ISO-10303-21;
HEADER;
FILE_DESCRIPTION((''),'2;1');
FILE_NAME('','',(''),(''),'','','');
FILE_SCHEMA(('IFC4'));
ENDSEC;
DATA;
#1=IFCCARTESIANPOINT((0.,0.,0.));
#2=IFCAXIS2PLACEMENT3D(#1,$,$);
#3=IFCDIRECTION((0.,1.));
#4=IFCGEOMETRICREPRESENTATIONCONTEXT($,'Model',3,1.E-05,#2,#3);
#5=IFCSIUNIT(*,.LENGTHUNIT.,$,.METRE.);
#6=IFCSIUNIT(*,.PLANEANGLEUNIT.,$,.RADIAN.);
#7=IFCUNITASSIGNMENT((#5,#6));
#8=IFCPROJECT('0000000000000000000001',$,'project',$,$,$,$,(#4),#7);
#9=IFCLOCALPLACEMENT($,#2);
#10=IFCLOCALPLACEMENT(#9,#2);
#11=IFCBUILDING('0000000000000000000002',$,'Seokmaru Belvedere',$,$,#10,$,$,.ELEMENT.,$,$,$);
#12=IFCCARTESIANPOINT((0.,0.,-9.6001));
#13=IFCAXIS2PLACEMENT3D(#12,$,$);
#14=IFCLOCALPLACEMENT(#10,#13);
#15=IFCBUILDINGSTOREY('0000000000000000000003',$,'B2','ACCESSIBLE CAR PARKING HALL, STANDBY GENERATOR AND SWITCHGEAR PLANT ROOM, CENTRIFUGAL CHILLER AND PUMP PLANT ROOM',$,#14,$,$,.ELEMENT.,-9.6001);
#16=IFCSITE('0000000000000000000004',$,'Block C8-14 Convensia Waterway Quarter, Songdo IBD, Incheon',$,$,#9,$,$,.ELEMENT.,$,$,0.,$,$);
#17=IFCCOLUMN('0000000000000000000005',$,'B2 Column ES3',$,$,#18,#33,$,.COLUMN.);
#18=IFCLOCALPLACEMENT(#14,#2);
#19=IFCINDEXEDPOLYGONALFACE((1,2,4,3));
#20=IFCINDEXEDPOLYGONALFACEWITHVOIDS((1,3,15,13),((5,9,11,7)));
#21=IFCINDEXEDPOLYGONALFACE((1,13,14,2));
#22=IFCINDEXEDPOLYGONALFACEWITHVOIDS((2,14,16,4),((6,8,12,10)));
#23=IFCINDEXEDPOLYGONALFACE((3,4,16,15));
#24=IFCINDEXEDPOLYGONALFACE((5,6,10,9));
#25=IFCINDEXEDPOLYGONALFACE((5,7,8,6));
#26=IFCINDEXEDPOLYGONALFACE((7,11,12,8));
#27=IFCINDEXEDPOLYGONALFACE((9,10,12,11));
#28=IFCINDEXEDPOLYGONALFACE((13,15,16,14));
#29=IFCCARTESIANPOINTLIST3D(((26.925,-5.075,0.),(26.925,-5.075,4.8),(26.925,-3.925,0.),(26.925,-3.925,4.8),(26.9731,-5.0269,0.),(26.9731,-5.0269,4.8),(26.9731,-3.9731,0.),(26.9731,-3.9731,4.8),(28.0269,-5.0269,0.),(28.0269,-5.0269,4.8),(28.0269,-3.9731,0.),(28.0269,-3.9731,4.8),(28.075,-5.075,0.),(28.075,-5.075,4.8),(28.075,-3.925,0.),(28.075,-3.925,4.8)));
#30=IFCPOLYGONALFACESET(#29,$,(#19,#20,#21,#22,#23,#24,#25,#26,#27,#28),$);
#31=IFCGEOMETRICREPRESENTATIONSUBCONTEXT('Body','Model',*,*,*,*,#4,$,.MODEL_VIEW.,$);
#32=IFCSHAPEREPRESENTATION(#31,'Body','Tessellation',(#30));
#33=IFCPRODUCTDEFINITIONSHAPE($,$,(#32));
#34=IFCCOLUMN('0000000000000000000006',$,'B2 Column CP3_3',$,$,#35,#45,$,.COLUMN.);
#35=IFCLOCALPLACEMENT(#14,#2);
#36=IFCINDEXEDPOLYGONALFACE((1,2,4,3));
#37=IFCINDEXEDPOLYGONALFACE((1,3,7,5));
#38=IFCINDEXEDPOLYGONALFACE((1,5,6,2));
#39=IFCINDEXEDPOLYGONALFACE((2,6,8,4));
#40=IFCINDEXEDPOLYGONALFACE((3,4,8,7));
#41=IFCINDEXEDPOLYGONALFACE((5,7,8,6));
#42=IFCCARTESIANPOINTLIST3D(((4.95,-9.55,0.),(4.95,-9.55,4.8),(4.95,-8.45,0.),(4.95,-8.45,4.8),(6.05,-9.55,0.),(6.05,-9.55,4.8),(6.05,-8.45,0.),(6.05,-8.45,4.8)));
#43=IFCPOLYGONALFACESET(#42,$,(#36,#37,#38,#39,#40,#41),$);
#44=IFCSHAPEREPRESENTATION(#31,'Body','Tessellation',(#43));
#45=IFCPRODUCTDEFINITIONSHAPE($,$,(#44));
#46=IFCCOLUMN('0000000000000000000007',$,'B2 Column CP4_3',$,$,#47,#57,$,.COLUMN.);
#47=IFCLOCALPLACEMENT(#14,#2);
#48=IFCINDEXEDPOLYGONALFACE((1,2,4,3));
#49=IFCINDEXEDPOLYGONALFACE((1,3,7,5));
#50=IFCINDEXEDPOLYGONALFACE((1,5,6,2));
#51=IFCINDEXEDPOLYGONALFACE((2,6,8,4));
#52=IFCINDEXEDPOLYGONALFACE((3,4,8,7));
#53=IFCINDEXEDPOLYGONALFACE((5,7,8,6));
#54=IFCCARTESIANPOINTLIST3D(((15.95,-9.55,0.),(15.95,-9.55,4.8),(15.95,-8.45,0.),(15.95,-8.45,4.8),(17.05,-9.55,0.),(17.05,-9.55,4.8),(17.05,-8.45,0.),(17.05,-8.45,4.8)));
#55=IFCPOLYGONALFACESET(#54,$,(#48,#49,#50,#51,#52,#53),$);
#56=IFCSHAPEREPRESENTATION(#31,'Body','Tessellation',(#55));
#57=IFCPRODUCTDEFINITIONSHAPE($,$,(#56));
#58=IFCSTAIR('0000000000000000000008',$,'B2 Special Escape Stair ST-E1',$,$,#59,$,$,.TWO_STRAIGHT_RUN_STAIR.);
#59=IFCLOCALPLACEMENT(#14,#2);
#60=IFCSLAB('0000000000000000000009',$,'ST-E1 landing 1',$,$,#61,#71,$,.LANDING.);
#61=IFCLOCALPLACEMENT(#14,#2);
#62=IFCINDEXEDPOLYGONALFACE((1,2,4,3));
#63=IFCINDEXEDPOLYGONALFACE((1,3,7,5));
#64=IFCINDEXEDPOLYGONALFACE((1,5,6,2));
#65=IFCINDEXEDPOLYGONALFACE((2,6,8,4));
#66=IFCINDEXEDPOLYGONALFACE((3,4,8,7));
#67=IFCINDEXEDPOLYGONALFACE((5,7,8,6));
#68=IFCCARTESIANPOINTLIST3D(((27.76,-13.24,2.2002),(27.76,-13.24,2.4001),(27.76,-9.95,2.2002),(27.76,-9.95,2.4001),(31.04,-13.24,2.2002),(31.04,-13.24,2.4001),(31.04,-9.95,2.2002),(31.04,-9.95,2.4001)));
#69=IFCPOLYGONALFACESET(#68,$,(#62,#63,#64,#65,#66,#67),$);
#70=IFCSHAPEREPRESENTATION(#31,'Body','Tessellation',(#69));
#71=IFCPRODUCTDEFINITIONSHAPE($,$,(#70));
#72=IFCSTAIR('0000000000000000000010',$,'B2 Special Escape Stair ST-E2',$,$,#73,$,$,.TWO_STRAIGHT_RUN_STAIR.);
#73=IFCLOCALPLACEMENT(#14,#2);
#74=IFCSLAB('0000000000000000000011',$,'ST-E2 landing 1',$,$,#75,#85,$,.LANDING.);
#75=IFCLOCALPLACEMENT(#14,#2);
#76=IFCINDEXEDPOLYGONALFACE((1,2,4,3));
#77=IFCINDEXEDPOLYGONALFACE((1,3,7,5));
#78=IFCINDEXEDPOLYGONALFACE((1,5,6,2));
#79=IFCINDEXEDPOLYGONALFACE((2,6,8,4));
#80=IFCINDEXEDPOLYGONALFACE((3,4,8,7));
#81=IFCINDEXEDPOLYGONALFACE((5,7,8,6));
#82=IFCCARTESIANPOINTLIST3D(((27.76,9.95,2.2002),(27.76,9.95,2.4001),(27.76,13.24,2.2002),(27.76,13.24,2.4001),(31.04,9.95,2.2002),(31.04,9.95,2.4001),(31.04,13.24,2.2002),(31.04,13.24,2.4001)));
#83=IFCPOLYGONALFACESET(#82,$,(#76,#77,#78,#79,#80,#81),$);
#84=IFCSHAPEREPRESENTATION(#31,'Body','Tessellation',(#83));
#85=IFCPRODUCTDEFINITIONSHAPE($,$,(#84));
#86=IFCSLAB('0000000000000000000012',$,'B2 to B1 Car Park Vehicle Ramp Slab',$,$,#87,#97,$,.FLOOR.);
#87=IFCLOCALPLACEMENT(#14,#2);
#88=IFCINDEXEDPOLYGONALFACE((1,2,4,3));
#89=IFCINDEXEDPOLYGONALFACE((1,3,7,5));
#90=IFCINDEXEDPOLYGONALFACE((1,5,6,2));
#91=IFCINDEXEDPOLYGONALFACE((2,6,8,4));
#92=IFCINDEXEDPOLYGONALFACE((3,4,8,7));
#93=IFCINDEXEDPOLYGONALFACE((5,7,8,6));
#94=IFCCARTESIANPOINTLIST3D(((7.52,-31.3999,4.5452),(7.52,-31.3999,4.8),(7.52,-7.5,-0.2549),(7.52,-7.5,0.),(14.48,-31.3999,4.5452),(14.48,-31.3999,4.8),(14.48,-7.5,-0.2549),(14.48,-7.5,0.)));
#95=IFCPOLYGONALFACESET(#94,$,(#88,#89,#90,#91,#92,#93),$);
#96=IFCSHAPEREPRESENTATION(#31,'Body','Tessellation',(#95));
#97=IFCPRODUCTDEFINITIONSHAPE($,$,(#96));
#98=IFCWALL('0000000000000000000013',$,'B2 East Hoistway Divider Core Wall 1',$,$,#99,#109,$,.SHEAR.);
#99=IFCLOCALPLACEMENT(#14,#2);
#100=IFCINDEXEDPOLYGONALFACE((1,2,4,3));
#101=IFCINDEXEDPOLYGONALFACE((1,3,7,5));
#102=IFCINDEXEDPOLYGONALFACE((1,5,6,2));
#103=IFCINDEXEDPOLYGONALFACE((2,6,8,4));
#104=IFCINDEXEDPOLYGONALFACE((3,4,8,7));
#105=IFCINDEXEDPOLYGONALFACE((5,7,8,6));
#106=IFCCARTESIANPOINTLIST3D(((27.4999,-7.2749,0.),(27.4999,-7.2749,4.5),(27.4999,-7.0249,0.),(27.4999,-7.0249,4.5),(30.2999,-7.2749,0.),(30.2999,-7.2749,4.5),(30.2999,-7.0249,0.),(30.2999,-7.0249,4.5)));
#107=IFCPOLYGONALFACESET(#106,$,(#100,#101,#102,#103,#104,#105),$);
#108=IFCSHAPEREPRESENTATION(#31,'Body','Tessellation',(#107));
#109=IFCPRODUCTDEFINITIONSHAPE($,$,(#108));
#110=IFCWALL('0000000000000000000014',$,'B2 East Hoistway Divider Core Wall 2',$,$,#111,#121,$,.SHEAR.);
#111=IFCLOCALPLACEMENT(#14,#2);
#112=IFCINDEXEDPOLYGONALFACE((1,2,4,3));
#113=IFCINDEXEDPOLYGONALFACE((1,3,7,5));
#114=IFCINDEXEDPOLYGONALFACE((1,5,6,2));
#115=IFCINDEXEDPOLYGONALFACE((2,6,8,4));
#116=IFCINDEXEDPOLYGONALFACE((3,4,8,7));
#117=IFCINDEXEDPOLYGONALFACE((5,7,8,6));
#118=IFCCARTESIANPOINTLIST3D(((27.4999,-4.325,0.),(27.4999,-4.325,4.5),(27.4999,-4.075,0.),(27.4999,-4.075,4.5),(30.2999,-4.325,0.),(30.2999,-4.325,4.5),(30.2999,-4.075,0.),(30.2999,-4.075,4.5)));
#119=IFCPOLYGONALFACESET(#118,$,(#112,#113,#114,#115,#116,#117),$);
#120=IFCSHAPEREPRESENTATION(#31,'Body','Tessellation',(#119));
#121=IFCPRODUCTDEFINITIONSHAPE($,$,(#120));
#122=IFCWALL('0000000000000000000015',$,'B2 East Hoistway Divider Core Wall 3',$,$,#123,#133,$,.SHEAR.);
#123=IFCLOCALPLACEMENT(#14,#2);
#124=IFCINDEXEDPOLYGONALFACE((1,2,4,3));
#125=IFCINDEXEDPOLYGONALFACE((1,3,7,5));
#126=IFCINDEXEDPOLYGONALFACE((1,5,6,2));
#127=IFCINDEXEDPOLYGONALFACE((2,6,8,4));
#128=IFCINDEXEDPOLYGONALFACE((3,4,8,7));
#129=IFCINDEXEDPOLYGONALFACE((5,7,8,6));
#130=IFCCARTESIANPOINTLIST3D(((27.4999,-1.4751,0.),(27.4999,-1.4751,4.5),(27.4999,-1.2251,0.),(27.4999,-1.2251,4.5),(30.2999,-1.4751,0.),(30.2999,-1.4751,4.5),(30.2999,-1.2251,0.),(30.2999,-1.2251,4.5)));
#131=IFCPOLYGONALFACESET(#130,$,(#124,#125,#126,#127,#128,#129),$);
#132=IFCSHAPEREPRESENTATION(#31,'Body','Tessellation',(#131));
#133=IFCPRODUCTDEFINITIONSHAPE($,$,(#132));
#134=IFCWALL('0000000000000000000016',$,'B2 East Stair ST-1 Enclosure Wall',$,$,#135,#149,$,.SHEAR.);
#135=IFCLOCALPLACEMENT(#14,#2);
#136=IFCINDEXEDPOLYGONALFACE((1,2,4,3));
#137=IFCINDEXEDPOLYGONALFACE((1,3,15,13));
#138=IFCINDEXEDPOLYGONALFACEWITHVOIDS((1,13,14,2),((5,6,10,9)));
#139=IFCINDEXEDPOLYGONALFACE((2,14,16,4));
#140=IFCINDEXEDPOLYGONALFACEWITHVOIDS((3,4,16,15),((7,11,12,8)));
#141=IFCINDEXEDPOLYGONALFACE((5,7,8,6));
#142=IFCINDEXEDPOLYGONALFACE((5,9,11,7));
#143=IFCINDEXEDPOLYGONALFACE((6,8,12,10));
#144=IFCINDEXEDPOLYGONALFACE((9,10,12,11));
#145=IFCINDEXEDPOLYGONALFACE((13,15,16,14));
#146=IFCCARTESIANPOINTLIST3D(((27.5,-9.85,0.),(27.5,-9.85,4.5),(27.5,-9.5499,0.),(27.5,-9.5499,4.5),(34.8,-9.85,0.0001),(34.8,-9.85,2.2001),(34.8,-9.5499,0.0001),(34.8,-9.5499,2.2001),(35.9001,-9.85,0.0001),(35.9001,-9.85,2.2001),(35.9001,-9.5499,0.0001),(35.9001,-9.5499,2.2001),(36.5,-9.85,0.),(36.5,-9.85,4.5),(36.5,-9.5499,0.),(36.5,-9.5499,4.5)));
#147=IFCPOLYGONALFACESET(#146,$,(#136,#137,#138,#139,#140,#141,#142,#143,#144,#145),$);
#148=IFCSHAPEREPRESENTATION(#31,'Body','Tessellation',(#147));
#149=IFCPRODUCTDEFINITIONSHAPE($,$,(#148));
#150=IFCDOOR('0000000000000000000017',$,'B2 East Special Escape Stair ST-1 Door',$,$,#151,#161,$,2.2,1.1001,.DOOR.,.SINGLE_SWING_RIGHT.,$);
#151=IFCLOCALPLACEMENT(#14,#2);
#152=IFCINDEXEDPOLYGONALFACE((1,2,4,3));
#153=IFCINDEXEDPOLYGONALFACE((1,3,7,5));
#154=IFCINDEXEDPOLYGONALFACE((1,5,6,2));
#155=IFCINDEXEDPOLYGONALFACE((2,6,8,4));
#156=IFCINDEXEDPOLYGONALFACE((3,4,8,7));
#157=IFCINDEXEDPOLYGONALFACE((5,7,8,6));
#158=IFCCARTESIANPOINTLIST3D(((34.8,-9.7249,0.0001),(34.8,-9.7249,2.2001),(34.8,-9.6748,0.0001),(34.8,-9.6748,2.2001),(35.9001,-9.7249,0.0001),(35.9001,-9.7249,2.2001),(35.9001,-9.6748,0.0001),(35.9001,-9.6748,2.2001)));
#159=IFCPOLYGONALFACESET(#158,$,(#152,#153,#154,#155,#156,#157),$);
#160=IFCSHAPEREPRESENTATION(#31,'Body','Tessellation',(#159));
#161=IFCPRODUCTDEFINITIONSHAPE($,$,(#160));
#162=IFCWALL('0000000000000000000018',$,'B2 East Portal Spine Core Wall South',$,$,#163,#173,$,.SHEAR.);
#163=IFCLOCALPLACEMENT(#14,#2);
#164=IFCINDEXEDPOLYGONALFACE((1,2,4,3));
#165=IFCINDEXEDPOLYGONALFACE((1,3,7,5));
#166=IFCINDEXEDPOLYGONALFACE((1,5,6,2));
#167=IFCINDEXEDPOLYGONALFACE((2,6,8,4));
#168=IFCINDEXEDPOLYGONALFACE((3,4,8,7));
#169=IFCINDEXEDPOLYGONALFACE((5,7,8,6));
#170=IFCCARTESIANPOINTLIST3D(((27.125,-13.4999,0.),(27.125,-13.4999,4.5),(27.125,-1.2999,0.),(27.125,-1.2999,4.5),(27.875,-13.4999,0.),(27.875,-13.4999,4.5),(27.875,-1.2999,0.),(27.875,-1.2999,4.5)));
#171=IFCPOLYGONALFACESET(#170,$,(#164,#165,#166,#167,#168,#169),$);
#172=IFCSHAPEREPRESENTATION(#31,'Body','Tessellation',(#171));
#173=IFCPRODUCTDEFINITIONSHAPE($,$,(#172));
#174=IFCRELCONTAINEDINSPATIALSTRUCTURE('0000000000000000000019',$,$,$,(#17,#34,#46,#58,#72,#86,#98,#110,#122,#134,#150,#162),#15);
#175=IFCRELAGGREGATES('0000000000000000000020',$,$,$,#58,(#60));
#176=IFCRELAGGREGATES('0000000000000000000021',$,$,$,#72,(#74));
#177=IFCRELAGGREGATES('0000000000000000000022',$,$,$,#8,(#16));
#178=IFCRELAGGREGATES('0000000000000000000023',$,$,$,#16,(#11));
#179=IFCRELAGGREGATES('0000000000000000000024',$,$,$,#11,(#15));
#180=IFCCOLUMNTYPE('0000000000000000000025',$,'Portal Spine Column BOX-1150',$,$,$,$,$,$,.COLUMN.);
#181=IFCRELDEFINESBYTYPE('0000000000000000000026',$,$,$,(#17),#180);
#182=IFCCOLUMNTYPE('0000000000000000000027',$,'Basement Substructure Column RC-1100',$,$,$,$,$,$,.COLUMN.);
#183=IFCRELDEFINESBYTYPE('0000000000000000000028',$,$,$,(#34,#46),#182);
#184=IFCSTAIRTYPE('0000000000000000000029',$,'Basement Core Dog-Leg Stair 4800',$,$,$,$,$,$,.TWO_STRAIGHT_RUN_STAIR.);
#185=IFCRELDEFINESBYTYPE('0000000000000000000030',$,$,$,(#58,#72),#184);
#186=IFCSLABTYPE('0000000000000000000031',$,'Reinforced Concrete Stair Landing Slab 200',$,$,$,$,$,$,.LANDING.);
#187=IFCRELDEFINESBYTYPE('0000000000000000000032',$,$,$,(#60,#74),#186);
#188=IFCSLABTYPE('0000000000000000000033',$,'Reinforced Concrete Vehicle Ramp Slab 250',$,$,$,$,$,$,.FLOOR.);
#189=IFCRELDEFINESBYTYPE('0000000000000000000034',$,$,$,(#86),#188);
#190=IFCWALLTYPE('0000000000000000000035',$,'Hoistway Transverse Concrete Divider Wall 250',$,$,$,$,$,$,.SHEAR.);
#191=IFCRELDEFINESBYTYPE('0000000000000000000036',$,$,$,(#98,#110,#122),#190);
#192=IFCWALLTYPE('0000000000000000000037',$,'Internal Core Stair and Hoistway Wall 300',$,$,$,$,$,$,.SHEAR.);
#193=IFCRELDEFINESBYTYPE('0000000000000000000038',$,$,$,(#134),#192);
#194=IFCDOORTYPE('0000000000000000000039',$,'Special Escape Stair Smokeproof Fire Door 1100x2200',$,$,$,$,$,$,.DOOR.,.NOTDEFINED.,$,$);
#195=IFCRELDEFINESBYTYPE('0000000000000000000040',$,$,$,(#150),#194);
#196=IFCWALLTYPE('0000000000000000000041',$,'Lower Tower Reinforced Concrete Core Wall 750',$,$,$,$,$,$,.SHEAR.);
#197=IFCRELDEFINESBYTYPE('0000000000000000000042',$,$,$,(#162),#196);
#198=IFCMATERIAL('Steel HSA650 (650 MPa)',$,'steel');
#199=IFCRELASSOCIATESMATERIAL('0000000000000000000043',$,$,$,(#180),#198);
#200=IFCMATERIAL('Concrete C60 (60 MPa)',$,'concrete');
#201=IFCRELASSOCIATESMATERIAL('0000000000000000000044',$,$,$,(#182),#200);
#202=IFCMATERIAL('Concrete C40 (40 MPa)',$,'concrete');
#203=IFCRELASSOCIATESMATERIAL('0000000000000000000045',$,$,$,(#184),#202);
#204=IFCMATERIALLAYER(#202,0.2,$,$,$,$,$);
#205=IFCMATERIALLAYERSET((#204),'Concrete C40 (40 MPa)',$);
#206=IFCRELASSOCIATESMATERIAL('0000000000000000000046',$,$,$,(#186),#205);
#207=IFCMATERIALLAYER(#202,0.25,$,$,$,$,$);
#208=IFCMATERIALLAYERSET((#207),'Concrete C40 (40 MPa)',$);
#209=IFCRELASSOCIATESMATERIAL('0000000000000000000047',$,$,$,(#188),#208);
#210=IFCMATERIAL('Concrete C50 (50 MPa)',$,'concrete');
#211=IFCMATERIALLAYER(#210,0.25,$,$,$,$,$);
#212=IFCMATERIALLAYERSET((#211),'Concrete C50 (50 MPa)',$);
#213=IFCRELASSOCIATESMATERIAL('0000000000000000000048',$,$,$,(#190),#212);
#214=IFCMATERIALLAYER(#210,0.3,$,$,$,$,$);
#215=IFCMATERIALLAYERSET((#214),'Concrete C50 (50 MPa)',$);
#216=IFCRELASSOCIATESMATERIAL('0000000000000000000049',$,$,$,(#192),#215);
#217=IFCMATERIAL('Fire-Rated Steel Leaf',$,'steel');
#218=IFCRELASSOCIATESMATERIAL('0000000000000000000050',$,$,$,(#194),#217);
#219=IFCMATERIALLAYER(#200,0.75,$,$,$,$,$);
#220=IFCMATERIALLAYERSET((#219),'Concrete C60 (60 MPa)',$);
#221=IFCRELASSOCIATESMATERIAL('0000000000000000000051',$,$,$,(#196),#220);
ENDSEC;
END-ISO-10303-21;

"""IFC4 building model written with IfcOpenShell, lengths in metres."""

from ifc_helpers import new_model, si_unit, direction, frame, frame_2d, origin, origin_2d, place, context, subcontext, project, spatial, polyline, rectangle, hollow_rectangle, outline, extrude, source, transform, mapped, material, layer, layer_set, material_profile, profile_set, type_object, type_shapes, element, fill, aggregate, save


model = new_model("IFC4")

# Units and contexts
model_context = context("Model", 3, precision=1e-05, world=origin(), true_north=direction((0.0, 1.0)))
body_context = subcontext(model_context, "Body", "Model", "MODEL_VIEW")
ifc_project = project(units=[si_unit("LENGTHUNIT", "METRE"), si_unit("PLANEANGLEUNIT", "RADIAN")], contexts=[model_context])

# Site, building, storey
site_placement = place(None, origin())
site = spatial("IfcSite", under=ifc_project, at=site_placement, Name="Block C8-14 Convensia Waterway Quarter, Songdo IBD, Incheon", CompositionType="ELEMENT", RefElevation=0.0)
building_placement = place(site_placement, origin())
building = spatial("IfcBuilding", under=site, at=building_placement, Name="Seokmaru Belvedere", CompositionType="ELEMENT")
storey_placement = place(building_placement, frame((0.0, 0.0, -9.6001)))
storey = spatial("IfcBuildingStorey", under=building, at=storey_placement, Name="B2", Description="ACCESSIBLE CAR PARKING HALL, STANDBY GENERATOR AND SWITCHGEAR PLANT ROOM, CENTRIFUGAL CHILLER AND PUMP PLANT ROOM", CompositionType="ELEMENT", Elevation=-9.6001)

# Shared definitions
ifc_material_1 = material(Name="Concrete C50 (50 MPa)", Category="concrete")

# Columns
ifc_material_2 = material(Name="Steel HSA650 (650 MPa)", Category="steel")
ifc_material_profile_1 = material_profile(ifc_material_2, hollow_rectangle(XDim=1.1499, YDim=1.1499, WallThickness=0.0481, at=origin_2d()), Name="BOX-1150x1150x48")
ifc_profile_set_1 = profile_set([ifc_material_profile_1], Name="Steel HSA650 (650 MPa)")
column_type_1 = type_object("IfcColumnType", Name="Portal Spine Column BOX-1150", PredefinedType="COLUMN", material=ifc_profile_set_1)
shared_shape_1 = source(origin(), body_context, "Body", "SweptSolid", [
    extrude(hollow_rectangle(XDim=1.1499, YDim=1.1499, WallThickness=0.0481, at=origin_2d()), origin(), (0.0, 0.0, 1.0), 4.8),
])
type_shapes(column_type_1, [shared_shape_1])
for number, where, z_axis, x_axis, name in (
    (1, (27.5, -4.5, 0.0), (0.0, 0.0, 1.0), (1.0, 0.0, 0.0), "B2 Column ES3"),
):
    element("IfcColumn", number, at=place(storey_placement, frame(where, z_axis=z_axis, x_axis=x_axis)), inside=storey, type_object=column_type_1, Name=name, PredefinedType="COLUMN", context=body_context, shape_type="MappedRepresentation", body=[
        mapped(shared_shape_1, transform((0.0, 0.0, 0.0), scale=1.0)),
    ])
ifc_material_3 = material(Name="Concrete C60 (60 MPa)", Category="concrete")
ifc_material_profile_2 = material_profile(ifc_material_3, rectangle(XDim=1.1001, YDim=1.1001, at=origin_2d()), Name="RC-1100x1100")
ifc_profile_set_2 = profile_set([ifc_material_profile_2], Name="Concrete C60 (60 MPa)")
column_type_2 = type_object("IfcColumnType", Name="Basement Substructure Column RC-1100", PredefinedType="COLUMN", material=ifc_profile_set_2)
shared_shape_2 = source(origin(), body_context, "Body", "SweptSolid", [
    extrude(rectangle(XDim=1.1001, YDim=1.1001, at=origin_2d()), origin(), (0.0, 0.0, 1.0), 4.8),
])
type_shapes(column_type_2, [shared_shape_2])
for number, where, z_axis, x_axis, name in (
    (2, (5.5, -9.0, 0.0), (0.0, 0.0, 1.0), (1.0, 0.0, 0.0), "B2 Column CP3_3"),
    (3, (16.5, -9.0, 0.0), (0.0, 0.0, 1.0), (1.0, 0.0, 0.0), "B2 Column CP4_3"),
):
    element("IfcColumn", number, at=place(storey_placement, frame(where, z_axis=z_axis, x_axis=x_axis)), inside=storey, type_object=column_type_2, Name=name, PredefinedType="COLUMN", context=body_context, shape_type="MappedRepresentation", body=[
        mapped(shared_shape_2, transform((0.0, 0.0, 0.0), scale=1.0)),
    ])

# Stairs, slabs
ifc_material_4 = material(Name="Concrete C40 (40 MPa)", Category="concrete")
stair_type = type_object("IfcStairType", Name="Basement Core Dog-Leg Stair 4800", PredefinedType="TWO_STRAIGHT_RUN_STAIR", material=ifc_material_4)
stair_1_placement = place(storey_placement, origin())
stair_1 = element("IfcStair", 4, at=stair_1_placement, inside=storey, type_object=stair_type, Name="B2 Special Escape Stair ST-E1", PredefinedType="TWO_STRAIGHT_RUN_STAIR")
ifc_layer_1 = layer(ifc_material_4, 0.2)
ifc_layer_set_1 = layer_set([ifc_layer_1], Name="Concrete C40 (40 MPa)")
slab_type_1 = type_object("IfcSlabType", Name="Reinforced Concrete Stair Landing Slab 200", PredefinedType="LANDING", material=ifc_layer_set_1)
slab_1_placement = place(storey_placement, frame((0.0, 0.0, 2.2002)))
slab_1 = element("IfcSlab", 5, at=slab_1_placement, type_object=slab_type_1, Name="ST-E1 landing 1", PredefinedType="LANDING", context=body_context, shape_type="SweptSolid", body=[
    extrude(outline(polyline([(27.76, -13.24), (31.04, -13.24), (31.04, -9.95), (27.76, -9.95), (27.76, -13.24)])), origin(), (0.0, 0.0, 1.0), 0.2),
])
aggregate(stair_1, [slab_1])
stair_2_placement = place(storey_placement, origin())
stair_2 = element("IfcStair", 6, at=stair_2_placement, inside=storey, type_object=stair_type, Name="B2 Special Escape Stair ST-E2", PredefinedType="TWO_STRAIGHT_RUN_STAIR")
slab_2_placement = place(storey_placement, frame((0.0, 0.0, 2.2002)))
slab_2 = element("IfcSlab", 7, at=slab_2_placement, type_object=slab_type_1, Name="ST-E2 landing 1", PredefinedType="LANDING", context=body_context, shape_type="SweptSolid", body=[
    extrude(outline(polyline([(27.76, 9.95), (31.04, 9.95), (31.04, 13.24), (27.76, 13.24), (27.76, 9.95)])), origin(), (0.0, 0.0, 1.0), 0.2),
])
aggregate(stair_2, [slab_2])

# Slab
ifc_layer_2 = layer(ifc_material_4, 0.25)
ifc_layer_set_2 = layer_set([ifc_layer_2], Name="Concrete C40 (40 MPa)")
slab_type_2 = type_object("IfcSlabType", Name="Reinforced Concrete Vehicle Ramp Slab 250", PredefinedType="FLOOR", material=ifc_layer_set_2)
slab_3_placement = place(storey_placement, frame((11.0, -7.5, 0.0), z_axis=(0.0, 0.0, 1.0), x_axis=(0.0, -1.0, 0.0)))
element("IfcSlab", 8, at=slab_3_placement, inside=storey, type_object=slab_type_2, Name="B2 to B1 Car Park Vehicle Ramp Slab", PredefinedType="FLOOR", context=body_context, shape_type="SweptSolid", body=[
    extrude(outline(polyline([(0.0, 0.0), (23.8999, 4.8), (23.8999, 4.5452), (0.0, -0.2549), (0.0, 0.0)])), frame((0.0, 3.48, 0.0), z_axis=(0.0, -1.0, 0.0), x_axis=(1.0, 0.0, 0.0)), (0.0, 0.0, 1.0), 6.96),
])

# Walls
ifc_layer_3 = layer(ifc_material_1, 0.25)
ifc_layer_set_3 = layer_set([ifc_layer_3], Name="Concrete C50 (50 MPa)")
wall_type_1 = type_object("IfcWallType", Name="Hoistway Transverse Concrete Divider Wall 250", PredefinedType="SHEAR", material=ifc_layer_set_3)
for number, where, z_axis, x_axis, name in (
    (9, (27.5, -7.1499, 0.0), (0.0, 0.0, 1.0), (1.0, 0.0, 0.0), "B2 East Hoistway Divider Core Wall 1"),
    (10, (27.5, -4.2, 0.0), (0.0, 0.0, 1.0), (1.0, 0.0, 0.0), "B2 East Hoistway Divider Core Wall 2"),
    (11, (27.5, -1.3501, 0.0), (0.0, 0.0, 1.0), (1.0, 0.0, 0.0), "B2 East Hoistway Divider Core Wall 3"),
):
    element("IfcWall", number, at=place(storey_placement, frame(where, z_axis=z_axis, x_axis=x_axis)), inside=storey, type_object=wall_type_1, Name=name, PredefinedType="SHEAR", context=body_context, shape_type="SweptSolid", body=[
        extrude(rectangle(XDim=2.8, YDim=0.25, at=frame_2d((1.3999, 0.0))), origin(), (0.0, 0.0, 1.0), 4.5),
    ])

# Wall, opening, door
ifc_layer_4 = layer(ifc_material_1, 0.3)
ifc_layer_set_4 = layer_set([ifc_layer_4], Name="Concrete C50 (50 MPa)")
wall_type_2 = type_object("IfcWallType", Name="Internal Core Stair and Hoistway Wall 300", PredefinedType="SHEAR", material=ifc_layer_set_4)
wall_1_placement = place(storey_placement, frame((27.5, -9.7, 0.0), z_axis=(0.0, 0.0, 1.0), x_axis=(1.0, 0.0, 0.0)))
wall_1 = element("IfcWall", 12, at=wall_1_placement, inside=storey, type_object=wall_type_2, Name="B2 East Stair ST-1 Enclosure Wall", PredefinedType="SHEAR", context=body_context, shape_type="SweptSolid", body=[
    extrude(rectangle(XDim=9.0, YDim=0.3, at=frame_2d((4.5, 0.0))), origin(), (0.0, 0.0, 1.0), 4.5),
])
opening_1_placement = place(wall_1_placement, frame((7.3, 0.0, 0.0)))
opening_1 = element("IfcOpeningElement", 13, at=opening_1_placement, cuts=wall_1, PredefinedType="OPENING", context=body_context, shape_type="SweptSolid", body=[
    extrude(rectangle(XDim=1.1001, YDim=2.2, at=frame_2d((0.55, 1.1001))), frame((0.0, 0.1602, 0.0), z_axis=(0.0, -1.0, 0.0), x_axis=(1.0, 0.0, 0.0)), (0.0, 0.0, 1.0), 0.3201),
])
ifc_material_5 = material(Name="Fire-Rated Steel Leaf", Category="steel")
door_type_1 = type_object("IfcDoorType", Name="Special Escape Stair Smokeproof Fire Door 1100x2200", OperationType="NOTDEFINED", PredefinedType="DOOR", material=ifc_material_5)
shared_shape_3 = source(origin(), body_context, "Body", "SweptSolid", [
    extrude(rectangle(XDim=1.1001, YDim=2.2, at=frame_2d((0.55, 1.1001))), frame((0.0, 0.0249, 0.0), z_axis=(0.0, -1.0, 0.0), x_axis=(1.0, 0.0, 0.0)), (0.0, 0.0, 1.0), 0.05),
])
type_shapes(door_type_1, [shared_shape_3])
door_1_placement = place(opening_1_placement, frame((1.1001, 0.0, 0.0), z_axis=(0.0, 0.0, 1.0), x_axis=(-1.0, 0.0, 0.0)))
door_1 = element("IfcDoor", 14, at=door_1_placement, inside=storey, type_object=door_type_1, Name="B2 East Special Escape Stair ST-1 Door", OperationType="SINGLE_SWING_RIGHT", OverallHeight=2.2, OverallWidth=1.1001, PredefinedType="DOOR", context=body_context, shape_type="MappedRepresentation", body=[
    mapped(shared_shape_3, transform((0.0, 0.0, 0.0), scale=1.0)),
])
fill(opening_1, door_1)

# Wall
ifc_layer_5 = layer(ifc_material_3, 0.75)
ifc_layer_set_5 = layer_set([ifc_layer_5], Name="Concrete C60 (60 MPa)")
wall_type_3 = type_object("IfcWallType", Name="Lower Tower Reinforced Concrete Core Wall 750", PredefinedType="SHEAR", material=ifc_layer_set_5)
wall_2_placement = place(storey_placement, frame((27.5, -13.5, 0.0), z_axis=(0.0, 0.0, 1.0), x_axis=(0.0, 1.0, 0.0)))
element("IfcWall", 15, at=wall_2_placement, inside=storey, type_object=wall_type_3, Name="B2 East Portal Spine Core Wall South", PredefinedType="SHEAR", context=body_context, shape_type="SweptSolid", body=[
    extrude(rectangle(XDim=12.2, YDim=0.75, at=frame_2d((6.1001, 0.0))), origin(), (0.0, 0.0, 1.0), 4.5),
])

save(model, "model.ifc")
